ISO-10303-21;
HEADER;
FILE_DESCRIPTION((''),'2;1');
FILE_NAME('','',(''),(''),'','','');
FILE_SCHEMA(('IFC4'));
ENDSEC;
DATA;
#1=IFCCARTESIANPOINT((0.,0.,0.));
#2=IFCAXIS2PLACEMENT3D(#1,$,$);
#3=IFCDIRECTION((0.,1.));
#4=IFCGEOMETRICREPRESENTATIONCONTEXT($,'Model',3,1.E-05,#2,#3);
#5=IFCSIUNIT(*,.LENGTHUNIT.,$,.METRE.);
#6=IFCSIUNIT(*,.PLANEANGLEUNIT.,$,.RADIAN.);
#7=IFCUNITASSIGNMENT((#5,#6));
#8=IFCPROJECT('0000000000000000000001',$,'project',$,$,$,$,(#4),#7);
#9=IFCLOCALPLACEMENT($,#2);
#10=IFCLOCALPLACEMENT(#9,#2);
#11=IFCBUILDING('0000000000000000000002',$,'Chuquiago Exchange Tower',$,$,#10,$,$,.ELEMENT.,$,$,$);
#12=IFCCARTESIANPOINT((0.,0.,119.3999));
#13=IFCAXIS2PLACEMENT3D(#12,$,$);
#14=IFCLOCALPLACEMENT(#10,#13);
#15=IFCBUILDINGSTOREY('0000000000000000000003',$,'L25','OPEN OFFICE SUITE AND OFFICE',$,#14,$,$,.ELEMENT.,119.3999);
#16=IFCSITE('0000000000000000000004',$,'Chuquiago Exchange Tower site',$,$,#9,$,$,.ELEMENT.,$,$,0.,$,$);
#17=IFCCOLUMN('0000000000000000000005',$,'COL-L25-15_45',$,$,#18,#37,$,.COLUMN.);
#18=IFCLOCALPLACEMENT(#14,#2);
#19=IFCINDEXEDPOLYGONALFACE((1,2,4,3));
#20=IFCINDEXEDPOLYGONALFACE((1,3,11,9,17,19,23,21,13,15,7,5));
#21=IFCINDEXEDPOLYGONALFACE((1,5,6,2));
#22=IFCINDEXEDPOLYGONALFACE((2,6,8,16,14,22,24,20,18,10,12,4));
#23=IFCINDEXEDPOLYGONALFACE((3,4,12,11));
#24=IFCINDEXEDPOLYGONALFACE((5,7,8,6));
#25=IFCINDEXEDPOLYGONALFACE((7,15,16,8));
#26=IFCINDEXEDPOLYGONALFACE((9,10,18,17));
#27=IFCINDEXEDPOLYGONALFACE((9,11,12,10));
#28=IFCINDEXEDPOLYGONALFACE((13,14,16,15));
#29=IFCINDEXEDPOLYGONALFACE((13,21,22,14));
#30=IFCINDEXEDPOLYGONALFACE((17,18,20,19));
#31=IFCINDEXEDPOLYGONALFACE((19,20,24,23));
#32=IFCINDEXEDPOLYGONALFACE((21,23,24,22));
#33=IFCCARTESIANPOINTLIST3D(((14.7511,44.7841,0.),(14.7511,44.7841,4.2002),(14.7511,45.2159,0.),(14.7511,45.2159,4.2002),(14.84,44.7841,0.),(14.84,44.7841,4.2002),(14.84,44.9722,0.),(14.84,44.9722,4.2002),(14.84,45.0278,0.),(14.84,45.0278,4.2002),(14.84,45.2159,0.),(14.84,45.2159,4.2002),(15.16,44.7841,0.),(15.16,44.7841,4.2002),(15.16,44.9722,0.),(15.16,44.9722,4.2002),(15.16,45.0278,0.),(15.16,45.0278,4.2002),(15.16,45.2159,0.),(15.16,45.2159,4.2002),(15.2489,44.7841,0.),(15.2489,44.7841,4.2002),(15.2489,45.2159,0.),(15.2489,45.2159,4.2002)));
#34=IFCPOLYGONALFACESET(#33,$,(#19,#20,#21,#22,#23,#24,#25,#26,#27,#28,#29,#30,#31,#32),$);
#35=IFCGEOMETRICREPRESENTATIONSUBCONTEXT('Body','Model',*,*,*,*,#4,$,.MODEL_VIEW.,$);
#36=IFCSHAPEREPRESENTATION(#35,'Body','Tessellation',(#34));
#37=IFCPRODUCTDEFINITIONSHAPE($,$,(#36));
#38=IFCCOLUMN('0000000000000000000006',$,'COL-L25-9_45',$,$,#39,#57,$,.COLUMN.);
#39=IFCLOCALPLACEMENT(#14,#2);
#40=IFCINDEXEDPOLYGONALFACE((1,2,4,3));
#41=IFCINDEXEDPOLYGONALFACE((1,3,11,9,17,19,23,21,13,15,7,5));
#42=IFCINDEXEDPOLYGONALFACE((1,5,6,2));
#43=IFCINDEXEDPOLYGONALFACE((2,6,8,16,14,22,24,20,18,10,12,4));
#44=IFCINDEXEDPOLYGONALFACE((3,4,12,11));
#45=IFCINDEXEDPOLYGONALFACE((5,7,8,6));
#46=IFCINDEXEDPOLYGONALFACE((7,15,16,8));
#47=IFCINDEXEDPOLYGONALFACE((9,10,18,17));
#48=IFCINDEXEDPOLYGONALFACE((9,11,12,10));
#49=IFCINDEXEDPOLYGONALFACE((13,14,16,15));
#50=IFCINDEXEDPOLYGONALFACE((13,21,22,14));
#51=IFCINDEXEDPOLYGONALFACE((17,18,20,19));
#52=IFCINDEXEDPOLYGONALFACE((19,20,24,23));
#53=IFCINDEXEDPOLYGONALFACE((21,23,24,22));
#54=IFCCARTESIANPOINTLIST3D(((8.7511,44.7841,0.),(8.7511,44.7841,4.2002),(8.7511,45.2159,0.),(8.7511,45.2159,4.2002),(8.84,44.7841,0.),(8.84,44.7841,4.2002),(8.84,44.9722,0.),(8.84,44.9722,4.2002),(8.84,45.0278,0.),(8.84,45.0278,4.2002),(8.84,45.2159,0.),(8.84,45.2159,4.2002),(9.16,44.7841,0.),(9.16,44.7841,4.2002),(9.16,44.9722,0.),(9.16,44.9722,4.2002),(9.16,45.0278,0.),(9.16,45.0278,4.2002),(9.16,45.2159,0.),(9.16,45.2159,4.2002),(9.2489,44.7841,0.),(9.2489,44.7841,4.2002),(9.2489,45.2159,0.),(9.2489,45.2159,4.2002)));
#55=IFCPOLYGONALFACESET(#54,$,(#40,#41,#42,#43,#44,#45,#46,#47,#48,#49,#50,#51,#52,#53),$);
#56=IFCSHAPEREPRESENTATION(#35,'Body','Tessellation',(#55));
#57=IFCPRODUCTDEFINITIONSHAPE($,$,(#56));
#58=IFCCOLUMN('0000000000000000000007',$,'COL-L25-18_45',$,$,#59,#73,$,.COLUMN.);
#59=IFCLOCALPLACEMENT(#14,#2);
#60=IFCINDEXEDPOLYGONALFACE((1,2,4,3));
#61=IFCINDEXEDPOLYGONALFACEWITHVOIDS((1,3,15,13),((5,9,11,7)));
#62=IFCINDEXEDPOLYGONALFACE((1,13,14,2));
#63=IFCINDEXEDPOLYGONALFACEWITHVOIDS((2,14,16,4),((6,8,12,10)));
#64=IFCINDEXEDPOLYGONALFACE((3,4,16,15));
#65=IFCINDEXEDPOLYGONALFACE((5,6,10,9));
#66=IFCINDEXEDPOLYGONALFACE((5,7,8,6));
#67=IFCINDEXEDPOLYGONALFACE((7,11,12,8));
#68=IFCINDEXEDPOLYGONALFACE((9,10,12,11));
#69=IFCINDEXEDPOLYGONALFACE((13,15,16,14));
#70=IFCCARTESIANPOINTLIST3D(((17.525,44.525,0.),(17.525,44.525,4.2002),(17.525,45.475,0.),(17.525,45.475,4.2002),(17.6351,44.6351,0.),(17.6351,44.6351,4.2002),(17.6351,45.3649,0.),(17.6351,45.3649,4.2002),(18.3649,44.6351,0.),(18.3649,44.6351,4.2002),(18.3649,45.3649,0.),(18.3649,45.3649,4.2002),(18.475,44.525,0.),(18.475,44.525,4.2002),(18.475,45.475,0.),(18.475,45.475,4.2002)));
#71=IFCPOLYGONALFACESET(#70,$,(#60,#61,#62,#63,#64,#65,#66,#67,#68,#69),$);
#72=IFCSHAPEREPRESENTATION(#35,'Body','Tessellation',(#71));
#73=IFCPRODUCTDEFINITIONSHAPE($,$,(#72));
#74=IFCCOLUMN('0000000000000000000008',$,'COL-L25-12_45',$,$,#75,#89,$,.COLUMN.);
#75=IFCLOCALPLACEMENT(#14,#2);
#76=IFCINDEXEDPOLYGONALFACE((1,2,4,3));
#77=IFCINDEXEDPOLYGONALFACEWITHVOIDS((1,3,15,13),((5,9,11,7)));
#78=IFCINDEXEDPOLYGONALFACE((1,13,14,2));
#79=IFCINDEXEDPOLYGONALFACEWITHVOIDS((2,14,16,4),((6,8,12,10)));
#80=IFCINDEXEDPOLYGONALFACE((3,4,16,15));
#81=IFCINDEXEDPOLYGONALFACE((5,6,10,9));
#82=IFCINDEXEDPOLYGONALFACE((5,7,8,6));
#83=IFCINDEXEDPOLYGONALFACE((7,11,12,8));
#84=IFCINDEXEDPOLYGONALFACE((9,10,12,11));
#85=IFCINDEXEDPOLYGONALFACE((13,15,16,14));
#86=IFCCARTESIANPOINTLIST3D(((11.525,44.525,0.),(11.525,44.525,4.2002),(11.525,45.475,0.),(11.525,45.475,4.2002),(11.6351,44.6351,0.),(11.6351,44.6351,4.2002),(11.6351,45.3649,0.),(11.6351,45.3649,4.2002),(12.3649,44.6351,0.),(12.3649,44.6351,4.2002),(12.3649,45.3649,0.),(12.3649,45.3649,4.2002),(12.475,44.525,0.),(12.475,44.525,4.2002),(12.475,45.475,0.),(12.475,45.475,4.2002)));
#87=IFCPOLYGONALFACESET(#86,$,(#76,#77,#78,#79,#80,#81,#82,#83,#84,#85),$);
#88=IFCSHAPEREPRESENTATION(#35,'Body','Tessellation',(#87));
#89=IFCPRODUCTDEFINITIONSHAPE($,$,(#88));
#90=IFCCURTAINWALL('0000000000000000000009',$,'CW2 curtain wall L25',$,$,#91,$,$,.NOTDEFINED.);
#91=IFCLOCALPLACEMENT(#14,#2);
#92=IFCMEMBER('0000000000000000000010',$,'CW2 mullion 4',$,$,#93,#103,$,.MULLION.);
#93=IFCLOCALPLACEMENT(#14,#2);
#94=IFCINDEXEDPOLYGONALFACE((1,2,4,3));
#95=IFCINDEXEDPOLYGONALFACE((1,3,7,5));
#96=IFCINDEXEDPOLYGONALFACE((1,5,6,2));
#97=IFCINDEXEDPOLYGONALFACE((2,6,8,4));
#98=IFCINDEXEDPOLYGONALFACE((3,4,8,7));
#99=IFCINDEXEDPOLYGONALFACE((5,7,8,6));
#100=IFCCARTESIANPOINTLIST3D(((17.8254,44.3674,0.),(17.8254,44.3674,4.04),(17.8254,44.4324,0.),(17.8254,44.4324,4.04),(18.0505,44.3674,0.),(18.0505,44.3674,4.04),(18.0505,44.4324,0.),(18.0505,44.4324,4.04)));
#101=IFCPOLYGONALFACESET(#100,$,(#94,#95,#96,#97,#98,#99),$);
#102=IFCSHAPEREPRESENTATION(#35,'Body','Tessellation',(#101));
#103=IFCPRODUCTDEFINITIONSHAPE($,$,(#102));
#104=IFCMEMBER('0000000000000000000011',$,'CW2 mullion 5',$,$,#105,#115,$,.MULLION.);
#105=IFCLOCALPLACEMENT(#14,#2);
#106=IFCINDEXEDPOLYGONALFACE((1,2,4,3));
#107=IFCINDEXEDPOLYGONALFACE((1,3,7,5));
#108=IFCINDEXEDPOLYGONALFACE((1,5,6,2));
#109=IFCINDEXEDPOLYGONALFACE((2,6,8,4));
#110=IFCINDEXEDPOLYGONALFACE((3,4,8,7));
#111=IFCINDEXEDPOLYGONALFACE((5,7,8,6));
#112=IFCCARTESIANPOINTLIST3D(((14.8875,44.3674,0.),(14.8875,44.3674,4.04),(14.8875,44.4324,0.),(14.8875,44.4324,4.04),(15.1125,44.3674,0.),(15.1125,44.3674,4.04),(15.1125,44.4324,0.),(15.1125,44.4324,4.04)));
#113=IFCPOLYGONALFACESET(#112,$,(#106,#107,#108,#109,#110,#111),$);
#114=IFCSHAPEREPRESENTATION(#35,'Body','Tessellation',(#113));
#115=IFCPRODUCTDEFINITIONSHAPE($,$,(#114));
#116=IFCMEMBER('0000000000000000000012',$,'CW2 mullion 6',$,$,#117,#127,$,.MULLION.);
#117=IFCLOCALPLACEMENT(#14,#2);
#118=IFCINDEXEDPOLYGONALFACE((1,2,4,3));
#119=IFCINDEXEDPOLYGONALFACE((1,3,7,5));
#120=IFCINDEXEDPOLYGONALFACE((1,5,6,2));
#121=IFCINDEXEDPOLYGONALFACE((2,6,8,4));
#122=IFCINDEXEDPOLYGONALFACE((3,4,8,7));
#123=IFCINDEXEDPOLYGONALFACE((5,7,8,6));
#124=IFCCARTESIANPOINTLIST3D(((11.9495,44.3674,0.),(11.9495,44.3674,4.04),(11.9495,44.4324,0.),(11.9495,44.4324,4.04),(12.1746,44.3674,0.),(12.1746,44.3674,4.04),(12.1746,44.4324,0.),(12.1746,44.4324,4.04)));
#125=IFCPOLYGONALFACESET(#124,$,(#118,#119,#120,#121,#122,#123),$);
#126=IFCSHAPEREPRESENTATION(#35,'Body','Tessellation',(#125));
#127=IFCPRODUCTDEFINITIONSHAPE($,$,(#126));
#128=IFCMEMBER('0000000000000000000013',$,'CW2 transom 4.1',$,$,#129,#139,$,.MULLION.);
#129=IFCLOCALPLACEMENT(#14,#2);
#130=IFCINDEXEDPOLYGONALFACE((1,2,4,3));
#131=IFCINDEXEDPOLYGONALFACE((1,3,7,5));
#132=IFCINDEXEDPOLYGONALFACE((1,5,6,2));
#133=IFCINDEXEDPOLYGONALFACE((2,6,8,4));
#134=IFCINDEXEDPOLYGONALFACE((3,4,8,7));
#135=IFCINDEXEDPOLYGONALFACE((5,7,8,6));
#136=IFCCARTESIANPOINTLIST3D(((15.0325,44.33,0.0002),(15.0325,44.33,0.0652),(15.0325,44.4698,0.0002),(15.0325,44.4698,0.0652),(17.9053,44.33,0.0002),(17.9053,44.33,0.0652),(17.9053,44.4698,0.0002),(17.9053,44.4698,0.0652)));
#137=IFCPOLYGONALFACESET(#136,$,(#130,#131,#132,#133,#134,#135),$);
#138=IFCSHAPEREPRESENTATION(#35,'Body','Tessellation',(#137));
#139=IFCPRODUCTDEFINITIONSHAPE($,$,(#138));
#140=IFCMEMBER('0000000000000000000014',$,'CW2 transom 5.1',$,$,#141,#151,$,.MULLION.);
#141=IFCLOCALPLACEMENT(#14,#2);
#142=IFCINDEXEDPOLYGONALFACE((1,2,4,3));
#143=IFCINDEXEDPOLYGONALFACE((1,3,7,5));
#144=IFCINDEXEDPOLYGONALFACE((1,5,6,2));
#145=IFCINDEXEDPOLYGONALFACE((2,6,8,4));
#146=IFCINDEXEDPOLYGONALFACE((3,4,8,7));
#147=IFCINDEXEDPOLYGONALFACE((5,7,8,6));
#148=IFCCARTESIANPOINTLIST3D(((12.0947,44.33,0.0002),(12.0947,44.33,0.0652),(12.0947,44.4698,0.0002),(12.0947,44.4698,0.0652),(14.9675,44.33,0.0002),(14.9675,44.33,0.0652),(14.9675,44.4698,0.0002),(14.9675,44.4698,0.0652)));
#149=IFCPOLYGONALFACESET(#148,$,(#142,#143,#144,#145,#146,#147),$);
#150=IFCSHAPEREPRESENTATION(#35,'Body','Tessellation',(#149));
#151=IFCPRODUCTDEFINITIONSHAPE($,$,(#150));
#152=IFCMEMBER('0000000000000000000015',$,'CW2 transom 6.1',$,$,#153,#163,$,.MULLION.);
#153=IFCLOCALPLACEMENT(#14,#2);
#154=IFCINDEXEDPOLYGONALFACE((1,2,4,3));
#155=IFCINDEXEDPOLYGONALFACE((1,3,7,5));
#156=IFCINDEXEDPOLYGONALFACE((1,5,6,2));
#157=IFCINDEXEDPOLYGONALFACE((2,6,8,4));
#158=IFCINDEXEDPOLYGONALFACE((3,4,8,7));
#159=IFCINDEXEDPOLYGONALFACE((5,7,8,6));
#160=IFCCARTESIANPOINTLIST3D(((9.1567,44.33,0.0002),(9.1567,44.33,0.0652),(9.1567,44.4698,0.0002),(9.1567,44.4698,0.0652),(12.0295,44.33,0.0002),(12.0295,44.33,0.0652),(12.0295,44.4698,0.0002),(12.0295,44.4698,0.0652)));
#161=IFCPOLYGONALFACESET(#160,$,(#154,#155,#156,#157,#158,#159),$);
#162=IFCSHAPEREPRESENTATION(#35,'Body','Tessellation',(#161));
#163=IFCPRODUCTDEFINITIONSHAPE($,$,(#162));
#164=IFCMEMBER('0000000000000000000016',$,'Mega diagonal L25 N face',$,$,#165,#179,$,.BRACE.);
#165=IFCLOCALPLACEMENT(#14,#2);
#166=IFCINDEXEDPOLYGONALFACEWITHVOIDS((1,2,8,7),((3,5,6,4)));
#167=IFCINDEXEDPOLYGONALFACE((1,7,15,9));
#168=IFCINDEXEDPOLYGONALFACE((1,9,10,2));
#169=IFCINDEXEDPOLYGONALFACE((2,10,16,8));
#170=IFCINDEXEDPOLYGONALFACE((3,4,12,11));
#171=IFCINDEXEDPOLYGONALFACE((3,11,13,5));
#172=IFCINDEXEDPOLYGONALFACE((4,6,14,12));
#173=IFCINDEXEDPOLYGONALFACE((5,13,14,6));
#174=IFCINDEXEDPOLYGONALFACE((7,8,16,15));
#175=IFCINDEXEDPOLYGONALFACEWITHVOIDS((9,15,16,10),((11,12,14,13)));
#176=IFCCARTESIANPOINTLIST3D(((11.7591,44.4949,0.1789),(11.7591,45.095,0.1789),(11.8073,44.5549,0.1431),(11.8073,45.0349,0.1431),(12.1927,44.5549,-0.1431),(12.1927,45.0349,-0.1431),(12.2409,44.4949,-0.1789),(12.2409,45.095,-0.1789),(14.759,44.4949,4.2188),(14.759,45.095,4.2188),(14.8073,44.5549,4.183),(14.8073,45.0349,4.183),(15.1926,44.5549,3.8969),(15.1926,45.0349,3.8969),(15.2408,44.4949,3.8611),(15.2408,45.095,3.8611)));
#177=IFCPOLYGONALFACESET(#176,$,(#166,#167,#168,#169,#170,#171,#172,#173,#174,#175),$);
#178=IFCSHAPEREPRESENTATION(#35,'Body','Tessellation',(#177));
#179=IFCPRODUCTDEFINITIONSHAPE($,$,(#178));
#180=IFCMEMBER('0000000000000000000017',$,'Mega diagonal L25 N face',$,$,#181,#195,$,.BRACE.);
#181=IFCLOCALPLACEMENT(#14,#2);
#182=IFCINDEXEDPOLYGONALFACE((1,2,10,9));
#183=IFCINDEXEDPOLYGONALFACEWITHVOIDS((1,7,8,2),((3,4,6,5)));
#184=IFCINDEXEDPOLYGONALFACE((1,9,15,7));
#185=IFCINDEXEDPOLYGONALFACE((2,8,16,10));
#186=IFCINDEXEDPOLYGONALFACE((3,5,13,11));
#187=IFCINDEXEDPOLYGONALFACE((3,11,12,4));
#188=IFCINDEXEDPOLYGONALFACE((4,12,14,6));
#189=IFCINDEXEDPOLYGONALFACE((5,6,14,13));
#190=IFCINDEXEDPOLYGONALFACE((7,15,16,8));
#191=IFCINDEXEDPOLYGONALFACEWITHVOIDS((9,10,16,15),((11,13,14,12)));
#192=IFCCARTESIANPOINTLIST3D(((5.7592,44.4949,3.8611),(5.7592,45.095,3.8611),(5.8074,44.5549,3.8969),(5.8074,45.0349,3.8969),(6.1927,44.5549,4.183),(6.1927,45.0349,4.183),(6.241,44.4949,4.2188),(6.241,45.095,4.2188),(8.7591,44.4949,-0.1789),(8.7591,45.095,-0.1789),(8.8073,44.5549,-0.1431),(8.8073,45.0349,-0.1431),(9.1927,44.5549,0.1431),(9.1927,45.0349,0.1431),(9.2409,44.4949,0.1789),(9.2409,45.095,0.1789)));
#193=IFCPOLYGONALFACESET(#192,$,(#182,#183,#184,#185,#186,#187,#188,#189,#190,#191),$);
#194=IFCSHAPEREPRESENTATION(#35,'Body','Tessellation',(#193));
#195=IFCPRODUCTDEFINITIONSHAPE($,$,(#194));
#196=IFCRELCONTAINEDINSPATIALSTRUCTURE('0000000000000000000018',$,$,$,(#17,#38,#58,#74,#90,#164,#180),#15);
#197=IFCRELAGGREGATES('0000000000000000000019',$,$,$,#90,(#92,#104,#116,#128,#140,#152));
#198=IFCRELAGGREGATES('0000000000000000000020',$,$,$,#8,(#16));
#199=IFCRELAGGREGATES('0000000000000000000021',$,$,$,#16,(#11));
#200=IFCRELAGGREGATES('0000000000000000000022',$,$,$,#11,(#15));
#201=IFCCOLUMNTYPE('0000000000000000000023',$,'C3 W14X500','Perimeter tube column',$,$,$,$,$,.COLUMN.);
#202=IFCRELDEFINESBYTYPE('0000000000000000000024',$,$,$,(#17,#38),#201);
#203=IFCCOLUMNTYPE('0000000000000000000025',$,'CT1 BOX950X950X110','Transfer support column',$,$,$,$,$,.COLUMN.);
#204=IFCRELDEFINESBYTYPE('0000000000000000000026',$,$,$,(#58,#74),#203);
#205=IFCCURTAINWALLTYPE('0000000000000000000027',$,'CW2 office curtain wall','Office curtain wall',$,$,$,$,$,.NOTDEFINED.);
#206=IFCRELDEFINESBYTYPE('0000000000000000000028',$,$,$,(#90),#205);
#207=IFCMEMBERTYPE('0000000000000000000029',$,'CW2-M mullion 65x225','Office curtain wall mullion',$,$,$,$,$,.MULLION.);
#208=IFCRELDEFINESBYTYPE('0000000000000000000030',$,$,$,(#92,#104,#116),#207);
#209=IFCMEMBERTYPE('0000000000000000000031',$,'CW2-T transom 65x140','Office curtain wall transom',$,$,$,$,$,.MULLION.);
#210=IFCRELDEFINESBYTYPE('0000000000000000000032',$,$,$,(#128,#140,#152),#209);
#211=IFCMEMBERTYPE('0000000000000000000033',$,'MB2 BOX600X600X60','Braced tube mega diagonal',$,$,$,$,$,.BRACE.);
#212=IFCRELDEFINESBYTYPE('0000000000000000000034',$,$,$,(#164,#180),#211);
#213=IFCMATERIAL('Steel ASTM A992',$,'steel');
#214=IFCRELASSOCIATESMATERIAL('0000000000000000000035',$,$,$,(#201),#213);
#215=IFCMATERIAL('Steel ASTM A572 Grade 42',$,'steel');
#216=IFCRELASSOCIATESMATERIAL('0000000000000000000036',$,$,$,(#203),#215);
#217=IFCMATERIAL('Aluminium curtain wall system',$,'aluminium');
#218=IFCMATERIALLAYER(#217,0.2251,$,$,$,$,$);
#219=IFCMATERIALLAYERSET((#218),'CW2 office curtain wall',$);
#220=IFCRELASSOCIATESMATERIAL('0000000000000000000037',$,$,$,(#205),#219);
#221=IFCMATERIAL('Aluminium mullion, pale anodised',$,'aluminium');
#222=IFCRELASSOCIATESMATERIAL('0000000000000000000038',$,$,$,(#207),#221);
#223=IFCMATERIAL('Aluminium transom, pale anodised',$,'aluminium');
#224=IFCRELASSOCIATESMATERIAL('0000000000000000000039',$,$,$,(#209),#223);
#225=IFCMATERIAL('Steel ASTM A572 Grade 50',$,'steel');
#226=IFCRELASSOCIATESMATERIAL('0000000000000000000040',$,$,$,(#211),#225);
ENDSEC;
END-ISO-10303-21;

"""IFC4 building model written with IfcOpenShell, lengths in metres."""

from ifc_helpers import new_model, si_unit, direction, frame, origin, origin_2d, place, context, subcontext, project, spatial, rectangle, hollow_rectangle, i_section, extrude, material, layer, layer_set, material_profile, profile_set, type_object, element, aggregate, save


model = new_model("IFC4")

# Units and contexts
model_context = context("Model", 3, precision=1e-05, world=origin(), true_north=direction((0.0, 1.0)))
body_context = subcontext(model_context, "Body", "Model", "MODEL_VIEW")
ifc_project = project(units=[si_unit("LENGTHUNIT", "METRE"), si_unit("PLANEANGLEUNIT", "RADIAN")], contexts=[model_context])

# Site, building, storey
site_placement = place(None, origin())
site = spatial("IfcSite", under=ifc_project, at=site_placement, Name="Chuquiago Exchange Tower site", CompositionType="ELEMENT", RefElevation=0.0)
building_placement = place(site_placement, origin())
building = spatial("IfcBuilding", under=site, at=building_placement, Name="Chuquiago Exchange Tower", CompositionType="ELEMENT")
storey_placement = place(building_placement, frame((0.0, 0.0, 119.3999)))
storey = spatial("IfcBuildingStorey", under=building, at=storey_placement, Name="L25", Description="OPEN OFFICE SUITE AND OFFICE", CompositionType="ELEMENT", Elevation=119.3999)

# Columns
ifc_material_1 = material(Name="Steel ASTM A992", Category="steel")
ifc_material_profile_1 = material_profile(ifc_material_1, i_section(OverallWidth=0.4319, OverallDepth=0.4978, WebThickness=0.0557, FlangeThickness=0.0889, at=origin_2d()), Name="W14X500")
ifc_profile_set_1 = profile_set([ifc_material_profile_1], Name="Steel ASTM A992")
column_type_1 = type_object("IfcColumnType", Name="C3 W14X500", Description="Perimeter tube column", PredefinedType="COLUMN", material=ifc_profile_set_1)
for number, where, z_axis, x_axis, name in (
    (1, (15.0, 45.0, 0.0), (0.0, 0.0, 1.0), (0.0, 1.0, 0.0), "COL-L25-15_45"),
    (2, (9.0, 45.0, 0.0), (0.0, 0.0, 1.0), (0.0, 1.0, 0.0), "COL-L25-9_45"),
):
    element("IfcColumn", number, at=place(storey_placement, frame(where, z_axis=z_axis, x_axis=x_axis)), inside=storey, type_object=column_type_1, Name=name, PredefinedType="COLUMN", context=body_context, shape_type="SweptSolid", body=[
        extrude(i_section(OverallWidth=0.4319, OverallDepth=0.4978, WebThickness=0.0557, FlangeThickness=0.0889, at=origin_2d()), origin(), (0.0, 0.0, 1.0), 4.2002),
    ])
ifc_material_2 = material(Name="Steel ASTM A572 Grade 42", Category="steel")
ifc_material_profile_2 = material_profile(ifc_material_2, hollow_rectangle(XDim=0.95, YDim=0.95, WallThickness=0.1101, at=origin_2d()), Name="BOX950X950X110")
ifc_profile_set_2 = profile_set([ifc_material_profile_2], Name="Steel ASTM A572 Grade 42")
column_type_2 = type_object("IfcColumnType", Name="CT1 BOX950X950X110", Description="Transfer support column", PredefinedType="COLUMN", material=ifc_profile_set_2)
for number, where, z_axis, x_axis, name in (
    (3, (18.0, 45.0, 0.0), (0.0, 0.0, 1.0), (0.0, 1.0, 0.0), "COL-L25-18_45"),
    (4, (12.0, 45.0, 0.0), (0.0, 0.0, 1.0), (0.0, 1.0, 0.0), "COL-L25-12_45"),
):
    element("IfcColumn", number, at=place(storey_placement, frame(where, z_axis=z_axis, x_axis=x_axis)), inside=storey, type_object=column_type_2, Name=name, PredefinedType="COLUMN", context=body_context, shape_type="SweptSolid", body=[
        extrude(hollow_rectangle(XDim=0.95, YDim=0.95, WallThickness=0.1101, at=origin_2d()), origin(), (0.0, 0.0, 1.0), 4.2002),
    ])

# Curtain wall, members
ifc_material_3 = material(Name="Aluminium curtain wall system", Category="aluminium")
ifc_layer_1 = layer(ifc_material_3, 0.2251)
ifc_layer_set_1 = layer_set([ifc_layer_1], Name="CW2 office curtain wall")
curtain_wall_type = type_object("IfcCurtainWallType", Name="CW2 office curtain wall", Description="Office curtain wall", PredefinedType="NOTDEFINED", material=ifc_layer_set_1)
curtain_wall_placement = place(storey_placement, origin())
curtain_wall = element("IfcCurtainWall", 5, at=curtain_wall_placement, inside=storey, type_object=curtain_wall_type, Name="CW2 curtain wall L25", PredefinedType="NOTDEFINED")
ifc_material_4 = material(Name="Aluminium mullion, pale anodised", Category="aluminium")
ifc_material_profile_3 = material_profile(ifc_material_4, rectangle(XDim=0.0649, YDim=0.2251, at=origin_2d()), Name="AL 65x225")
ifc_profile_set_3 = profile_set([ifc_material_profile_3], Name="Aluminium mullion, pale anodised")
member_type_1 = type_object("IfcMemberType", Name="CW2-M mullion 65x225", Description="Office curtain wall mullion", PredefinedType="MULLION", material=ifc_profile_set_3)
member_1_placement = place(storey_placement, frame((17.938, 44.3999, 0.0), z_axis=(0.0, 0.0, 1.0), x_axis=(0.0, -1.0, 0.0)))
member_1 = element("IfcMember", 6, at=member_1_placement, type_object=member_type_1, Name="CW2 mullion 4", PredefinedType="MULLION", context=body_context, shape_type="SweptSolid", body=[
    extrude(rectangle(XDim=0.0649, YDim=0.2251, at=origin_2d()), origin(), (0.0, 0.0, 1.0), 4.04),
])
member_2_placement = place(storey_placement, frame((15.0, 44.3999, 0.0), z_axis=(0.0, 0.0, 1.0), x_axis=(0.0, -1.0, 0.0)))
member_2 = element("IfcMember", 7, at=member_2_placement, type_object=member_type_1, Name="CW2 mullion 5", PredefinedType="MULLION", context=body_context, shape_type="SweptSolid", body=[
    extrude(rectangle(XDim=0.0649, YDim=0.2251, at=origin_2d()), origin(), (0.0, 0.0, 1.0), 4.04),
])
member_3_placement = place(storey_placement, frame((12.062, 44.3999, 0.0), z_axis=(0.0, 0.0, 1.0), x_axis=(0.0, -1.0, 0.0)))
member_3 = element("IfcMember", 8, at=member_3_placement, type_object=member_type_1, Name="CW2 mullion 6", PredefinedType="MULLION", context=body_context, shape_type="SweptSolid", body=[
    extrude(rectangle(XDim=0.0649, YDim=0.2251, at=origin_2d()), origin(), (0.0, 0.0, 1.0), 4.04),
])
ifc_material_5 = material(Name="Aluminium transom, pale anodised", Category="aluminium")
ifc_material_profile_4 = material_profile(ifc_material_5, rectangle(XDim=0.1399, YDim=0.0649, at=origin_2d()), Name="AL 140x65")
ifc_profile_set_4 = profile_set([ifc_material_profile_4], Name="Aluminium transom, pale anodised")
member_type_2 = type_object("IfcMemberType", Name="CW2-T transom 65x140", Description="Office curtain wall transom", PredefinedType="MULLION", material=ifc_profile_set_4)
member_4_placement = place(storey_placement, frame((17.9053, 44.3999, 0.0327), z_axis=(-1.0, 0.0, 0.0), x_axis=(0.0, -1.0, 0.0)))
member_4 = element("IfcMember", 9, at=member_4_placement, type_object=member_type_2, Name="CW2 transom 4.1", PredefinedType="MULLION", context=body_context, shape_type="SweptSolid", body=[
    extrude(rectangle(XDim=0.1399, YDim=0.0649, at=origin_2d()), origin(), (0.0, 0.0, 1.0), 2.8728),
])
member_5_placement = place(storey_placement, frame((14.9675, 44.3999, 0.0327), z_axis=(-1.0, 0.0, 0.0), x_axis=(0.0, -1.0, 0.0)))
member_5 = element("IfcMember", 10, at=member_5_placement, type_object=member_type_2, Name="CW2 transom 5.1", PredefinedType="MULLION", context=body_context, shape_type="SweptSolid", body=[
    extrude(rectangle(XDim=0.1399, YDim=0.0649, at=origin_2d()), origin(), (0.0, 0.0, 1.0), 2.8728),
])
member_6_placement = place(storey_placement, frame((12.0295, 44.3999, 0.0327), z_axis=(-1.0, 0.0, 0.0), x_axis=(0.0, -1.0, 0.0)))
member_6 = element("IfcMember", 11, at=member_6_placement, type_object=member_type_2, Name="CW2 transom 6.1", PredefinedType="MULLION", context=body_context, shape_type="SweptSolid", body=[
    extrude(rectangle(XDim=0.1399, YDim=0.0649, at=origin_2d()), origin(), (0.0, 0.0, 1.0), 2.8728),
])

# Members
ifc_material_6 = material(Name="Steel ASTM A572 Grade 50", Category="steel")
ifc_material_profile_5 = material_profile(ifc_material_6, hollow_rectangle(XDim=0.6001, YDim=0.6001, WallThickness=0.0601, at=origin_2d()), Name="BOX600X600X60")
ifc_profile_set_5 = profile_set([ifc_material_profile_5], Name="Steel ASTM A572 Grade 50")
member_type_3 = type_object("IfcMemberType", Name="MB2 BOX600X600X60", Description="Braced tube mega diagonal", PredefinedType="BRACE", material=ifc_profile_set_5)
for number, where, z_axis, x_axis, name in (
    (12, (12.0, 44.7949, 0.0), (0.596174, 0.0, 0.802855), (0.0, 1.0, 0.0), "Mega diagonal L25 N face"),
    (13, (9.0, 44.7949, 0.0), (-0.596174, 0.0, 0.802855), (0.0, -1.0, 0.0), "Mega diagonal L25 N face"),
):
    element("IfcMember", number, at=place(storey_placement, frame(where, z_axis=z_axis, x_axis=x_axis)), inside=storey, type_object=member_type_3, Name=name, PredefinedType="BRACE", context=body_context, shape_type="SweptSolid", body=[
        extrude(hollow_rectangle(XDim=0.6001, YDim=0.6001, WallThickness=0.0601, at=origin_2d()), origin(), (0.0, 0.0, 1.0), 5.032),
    ])

aggregate(curtain_wall, [member_1, member_2, member_3, member_4, member_5, member_6])

save(model, "model.ifc")
